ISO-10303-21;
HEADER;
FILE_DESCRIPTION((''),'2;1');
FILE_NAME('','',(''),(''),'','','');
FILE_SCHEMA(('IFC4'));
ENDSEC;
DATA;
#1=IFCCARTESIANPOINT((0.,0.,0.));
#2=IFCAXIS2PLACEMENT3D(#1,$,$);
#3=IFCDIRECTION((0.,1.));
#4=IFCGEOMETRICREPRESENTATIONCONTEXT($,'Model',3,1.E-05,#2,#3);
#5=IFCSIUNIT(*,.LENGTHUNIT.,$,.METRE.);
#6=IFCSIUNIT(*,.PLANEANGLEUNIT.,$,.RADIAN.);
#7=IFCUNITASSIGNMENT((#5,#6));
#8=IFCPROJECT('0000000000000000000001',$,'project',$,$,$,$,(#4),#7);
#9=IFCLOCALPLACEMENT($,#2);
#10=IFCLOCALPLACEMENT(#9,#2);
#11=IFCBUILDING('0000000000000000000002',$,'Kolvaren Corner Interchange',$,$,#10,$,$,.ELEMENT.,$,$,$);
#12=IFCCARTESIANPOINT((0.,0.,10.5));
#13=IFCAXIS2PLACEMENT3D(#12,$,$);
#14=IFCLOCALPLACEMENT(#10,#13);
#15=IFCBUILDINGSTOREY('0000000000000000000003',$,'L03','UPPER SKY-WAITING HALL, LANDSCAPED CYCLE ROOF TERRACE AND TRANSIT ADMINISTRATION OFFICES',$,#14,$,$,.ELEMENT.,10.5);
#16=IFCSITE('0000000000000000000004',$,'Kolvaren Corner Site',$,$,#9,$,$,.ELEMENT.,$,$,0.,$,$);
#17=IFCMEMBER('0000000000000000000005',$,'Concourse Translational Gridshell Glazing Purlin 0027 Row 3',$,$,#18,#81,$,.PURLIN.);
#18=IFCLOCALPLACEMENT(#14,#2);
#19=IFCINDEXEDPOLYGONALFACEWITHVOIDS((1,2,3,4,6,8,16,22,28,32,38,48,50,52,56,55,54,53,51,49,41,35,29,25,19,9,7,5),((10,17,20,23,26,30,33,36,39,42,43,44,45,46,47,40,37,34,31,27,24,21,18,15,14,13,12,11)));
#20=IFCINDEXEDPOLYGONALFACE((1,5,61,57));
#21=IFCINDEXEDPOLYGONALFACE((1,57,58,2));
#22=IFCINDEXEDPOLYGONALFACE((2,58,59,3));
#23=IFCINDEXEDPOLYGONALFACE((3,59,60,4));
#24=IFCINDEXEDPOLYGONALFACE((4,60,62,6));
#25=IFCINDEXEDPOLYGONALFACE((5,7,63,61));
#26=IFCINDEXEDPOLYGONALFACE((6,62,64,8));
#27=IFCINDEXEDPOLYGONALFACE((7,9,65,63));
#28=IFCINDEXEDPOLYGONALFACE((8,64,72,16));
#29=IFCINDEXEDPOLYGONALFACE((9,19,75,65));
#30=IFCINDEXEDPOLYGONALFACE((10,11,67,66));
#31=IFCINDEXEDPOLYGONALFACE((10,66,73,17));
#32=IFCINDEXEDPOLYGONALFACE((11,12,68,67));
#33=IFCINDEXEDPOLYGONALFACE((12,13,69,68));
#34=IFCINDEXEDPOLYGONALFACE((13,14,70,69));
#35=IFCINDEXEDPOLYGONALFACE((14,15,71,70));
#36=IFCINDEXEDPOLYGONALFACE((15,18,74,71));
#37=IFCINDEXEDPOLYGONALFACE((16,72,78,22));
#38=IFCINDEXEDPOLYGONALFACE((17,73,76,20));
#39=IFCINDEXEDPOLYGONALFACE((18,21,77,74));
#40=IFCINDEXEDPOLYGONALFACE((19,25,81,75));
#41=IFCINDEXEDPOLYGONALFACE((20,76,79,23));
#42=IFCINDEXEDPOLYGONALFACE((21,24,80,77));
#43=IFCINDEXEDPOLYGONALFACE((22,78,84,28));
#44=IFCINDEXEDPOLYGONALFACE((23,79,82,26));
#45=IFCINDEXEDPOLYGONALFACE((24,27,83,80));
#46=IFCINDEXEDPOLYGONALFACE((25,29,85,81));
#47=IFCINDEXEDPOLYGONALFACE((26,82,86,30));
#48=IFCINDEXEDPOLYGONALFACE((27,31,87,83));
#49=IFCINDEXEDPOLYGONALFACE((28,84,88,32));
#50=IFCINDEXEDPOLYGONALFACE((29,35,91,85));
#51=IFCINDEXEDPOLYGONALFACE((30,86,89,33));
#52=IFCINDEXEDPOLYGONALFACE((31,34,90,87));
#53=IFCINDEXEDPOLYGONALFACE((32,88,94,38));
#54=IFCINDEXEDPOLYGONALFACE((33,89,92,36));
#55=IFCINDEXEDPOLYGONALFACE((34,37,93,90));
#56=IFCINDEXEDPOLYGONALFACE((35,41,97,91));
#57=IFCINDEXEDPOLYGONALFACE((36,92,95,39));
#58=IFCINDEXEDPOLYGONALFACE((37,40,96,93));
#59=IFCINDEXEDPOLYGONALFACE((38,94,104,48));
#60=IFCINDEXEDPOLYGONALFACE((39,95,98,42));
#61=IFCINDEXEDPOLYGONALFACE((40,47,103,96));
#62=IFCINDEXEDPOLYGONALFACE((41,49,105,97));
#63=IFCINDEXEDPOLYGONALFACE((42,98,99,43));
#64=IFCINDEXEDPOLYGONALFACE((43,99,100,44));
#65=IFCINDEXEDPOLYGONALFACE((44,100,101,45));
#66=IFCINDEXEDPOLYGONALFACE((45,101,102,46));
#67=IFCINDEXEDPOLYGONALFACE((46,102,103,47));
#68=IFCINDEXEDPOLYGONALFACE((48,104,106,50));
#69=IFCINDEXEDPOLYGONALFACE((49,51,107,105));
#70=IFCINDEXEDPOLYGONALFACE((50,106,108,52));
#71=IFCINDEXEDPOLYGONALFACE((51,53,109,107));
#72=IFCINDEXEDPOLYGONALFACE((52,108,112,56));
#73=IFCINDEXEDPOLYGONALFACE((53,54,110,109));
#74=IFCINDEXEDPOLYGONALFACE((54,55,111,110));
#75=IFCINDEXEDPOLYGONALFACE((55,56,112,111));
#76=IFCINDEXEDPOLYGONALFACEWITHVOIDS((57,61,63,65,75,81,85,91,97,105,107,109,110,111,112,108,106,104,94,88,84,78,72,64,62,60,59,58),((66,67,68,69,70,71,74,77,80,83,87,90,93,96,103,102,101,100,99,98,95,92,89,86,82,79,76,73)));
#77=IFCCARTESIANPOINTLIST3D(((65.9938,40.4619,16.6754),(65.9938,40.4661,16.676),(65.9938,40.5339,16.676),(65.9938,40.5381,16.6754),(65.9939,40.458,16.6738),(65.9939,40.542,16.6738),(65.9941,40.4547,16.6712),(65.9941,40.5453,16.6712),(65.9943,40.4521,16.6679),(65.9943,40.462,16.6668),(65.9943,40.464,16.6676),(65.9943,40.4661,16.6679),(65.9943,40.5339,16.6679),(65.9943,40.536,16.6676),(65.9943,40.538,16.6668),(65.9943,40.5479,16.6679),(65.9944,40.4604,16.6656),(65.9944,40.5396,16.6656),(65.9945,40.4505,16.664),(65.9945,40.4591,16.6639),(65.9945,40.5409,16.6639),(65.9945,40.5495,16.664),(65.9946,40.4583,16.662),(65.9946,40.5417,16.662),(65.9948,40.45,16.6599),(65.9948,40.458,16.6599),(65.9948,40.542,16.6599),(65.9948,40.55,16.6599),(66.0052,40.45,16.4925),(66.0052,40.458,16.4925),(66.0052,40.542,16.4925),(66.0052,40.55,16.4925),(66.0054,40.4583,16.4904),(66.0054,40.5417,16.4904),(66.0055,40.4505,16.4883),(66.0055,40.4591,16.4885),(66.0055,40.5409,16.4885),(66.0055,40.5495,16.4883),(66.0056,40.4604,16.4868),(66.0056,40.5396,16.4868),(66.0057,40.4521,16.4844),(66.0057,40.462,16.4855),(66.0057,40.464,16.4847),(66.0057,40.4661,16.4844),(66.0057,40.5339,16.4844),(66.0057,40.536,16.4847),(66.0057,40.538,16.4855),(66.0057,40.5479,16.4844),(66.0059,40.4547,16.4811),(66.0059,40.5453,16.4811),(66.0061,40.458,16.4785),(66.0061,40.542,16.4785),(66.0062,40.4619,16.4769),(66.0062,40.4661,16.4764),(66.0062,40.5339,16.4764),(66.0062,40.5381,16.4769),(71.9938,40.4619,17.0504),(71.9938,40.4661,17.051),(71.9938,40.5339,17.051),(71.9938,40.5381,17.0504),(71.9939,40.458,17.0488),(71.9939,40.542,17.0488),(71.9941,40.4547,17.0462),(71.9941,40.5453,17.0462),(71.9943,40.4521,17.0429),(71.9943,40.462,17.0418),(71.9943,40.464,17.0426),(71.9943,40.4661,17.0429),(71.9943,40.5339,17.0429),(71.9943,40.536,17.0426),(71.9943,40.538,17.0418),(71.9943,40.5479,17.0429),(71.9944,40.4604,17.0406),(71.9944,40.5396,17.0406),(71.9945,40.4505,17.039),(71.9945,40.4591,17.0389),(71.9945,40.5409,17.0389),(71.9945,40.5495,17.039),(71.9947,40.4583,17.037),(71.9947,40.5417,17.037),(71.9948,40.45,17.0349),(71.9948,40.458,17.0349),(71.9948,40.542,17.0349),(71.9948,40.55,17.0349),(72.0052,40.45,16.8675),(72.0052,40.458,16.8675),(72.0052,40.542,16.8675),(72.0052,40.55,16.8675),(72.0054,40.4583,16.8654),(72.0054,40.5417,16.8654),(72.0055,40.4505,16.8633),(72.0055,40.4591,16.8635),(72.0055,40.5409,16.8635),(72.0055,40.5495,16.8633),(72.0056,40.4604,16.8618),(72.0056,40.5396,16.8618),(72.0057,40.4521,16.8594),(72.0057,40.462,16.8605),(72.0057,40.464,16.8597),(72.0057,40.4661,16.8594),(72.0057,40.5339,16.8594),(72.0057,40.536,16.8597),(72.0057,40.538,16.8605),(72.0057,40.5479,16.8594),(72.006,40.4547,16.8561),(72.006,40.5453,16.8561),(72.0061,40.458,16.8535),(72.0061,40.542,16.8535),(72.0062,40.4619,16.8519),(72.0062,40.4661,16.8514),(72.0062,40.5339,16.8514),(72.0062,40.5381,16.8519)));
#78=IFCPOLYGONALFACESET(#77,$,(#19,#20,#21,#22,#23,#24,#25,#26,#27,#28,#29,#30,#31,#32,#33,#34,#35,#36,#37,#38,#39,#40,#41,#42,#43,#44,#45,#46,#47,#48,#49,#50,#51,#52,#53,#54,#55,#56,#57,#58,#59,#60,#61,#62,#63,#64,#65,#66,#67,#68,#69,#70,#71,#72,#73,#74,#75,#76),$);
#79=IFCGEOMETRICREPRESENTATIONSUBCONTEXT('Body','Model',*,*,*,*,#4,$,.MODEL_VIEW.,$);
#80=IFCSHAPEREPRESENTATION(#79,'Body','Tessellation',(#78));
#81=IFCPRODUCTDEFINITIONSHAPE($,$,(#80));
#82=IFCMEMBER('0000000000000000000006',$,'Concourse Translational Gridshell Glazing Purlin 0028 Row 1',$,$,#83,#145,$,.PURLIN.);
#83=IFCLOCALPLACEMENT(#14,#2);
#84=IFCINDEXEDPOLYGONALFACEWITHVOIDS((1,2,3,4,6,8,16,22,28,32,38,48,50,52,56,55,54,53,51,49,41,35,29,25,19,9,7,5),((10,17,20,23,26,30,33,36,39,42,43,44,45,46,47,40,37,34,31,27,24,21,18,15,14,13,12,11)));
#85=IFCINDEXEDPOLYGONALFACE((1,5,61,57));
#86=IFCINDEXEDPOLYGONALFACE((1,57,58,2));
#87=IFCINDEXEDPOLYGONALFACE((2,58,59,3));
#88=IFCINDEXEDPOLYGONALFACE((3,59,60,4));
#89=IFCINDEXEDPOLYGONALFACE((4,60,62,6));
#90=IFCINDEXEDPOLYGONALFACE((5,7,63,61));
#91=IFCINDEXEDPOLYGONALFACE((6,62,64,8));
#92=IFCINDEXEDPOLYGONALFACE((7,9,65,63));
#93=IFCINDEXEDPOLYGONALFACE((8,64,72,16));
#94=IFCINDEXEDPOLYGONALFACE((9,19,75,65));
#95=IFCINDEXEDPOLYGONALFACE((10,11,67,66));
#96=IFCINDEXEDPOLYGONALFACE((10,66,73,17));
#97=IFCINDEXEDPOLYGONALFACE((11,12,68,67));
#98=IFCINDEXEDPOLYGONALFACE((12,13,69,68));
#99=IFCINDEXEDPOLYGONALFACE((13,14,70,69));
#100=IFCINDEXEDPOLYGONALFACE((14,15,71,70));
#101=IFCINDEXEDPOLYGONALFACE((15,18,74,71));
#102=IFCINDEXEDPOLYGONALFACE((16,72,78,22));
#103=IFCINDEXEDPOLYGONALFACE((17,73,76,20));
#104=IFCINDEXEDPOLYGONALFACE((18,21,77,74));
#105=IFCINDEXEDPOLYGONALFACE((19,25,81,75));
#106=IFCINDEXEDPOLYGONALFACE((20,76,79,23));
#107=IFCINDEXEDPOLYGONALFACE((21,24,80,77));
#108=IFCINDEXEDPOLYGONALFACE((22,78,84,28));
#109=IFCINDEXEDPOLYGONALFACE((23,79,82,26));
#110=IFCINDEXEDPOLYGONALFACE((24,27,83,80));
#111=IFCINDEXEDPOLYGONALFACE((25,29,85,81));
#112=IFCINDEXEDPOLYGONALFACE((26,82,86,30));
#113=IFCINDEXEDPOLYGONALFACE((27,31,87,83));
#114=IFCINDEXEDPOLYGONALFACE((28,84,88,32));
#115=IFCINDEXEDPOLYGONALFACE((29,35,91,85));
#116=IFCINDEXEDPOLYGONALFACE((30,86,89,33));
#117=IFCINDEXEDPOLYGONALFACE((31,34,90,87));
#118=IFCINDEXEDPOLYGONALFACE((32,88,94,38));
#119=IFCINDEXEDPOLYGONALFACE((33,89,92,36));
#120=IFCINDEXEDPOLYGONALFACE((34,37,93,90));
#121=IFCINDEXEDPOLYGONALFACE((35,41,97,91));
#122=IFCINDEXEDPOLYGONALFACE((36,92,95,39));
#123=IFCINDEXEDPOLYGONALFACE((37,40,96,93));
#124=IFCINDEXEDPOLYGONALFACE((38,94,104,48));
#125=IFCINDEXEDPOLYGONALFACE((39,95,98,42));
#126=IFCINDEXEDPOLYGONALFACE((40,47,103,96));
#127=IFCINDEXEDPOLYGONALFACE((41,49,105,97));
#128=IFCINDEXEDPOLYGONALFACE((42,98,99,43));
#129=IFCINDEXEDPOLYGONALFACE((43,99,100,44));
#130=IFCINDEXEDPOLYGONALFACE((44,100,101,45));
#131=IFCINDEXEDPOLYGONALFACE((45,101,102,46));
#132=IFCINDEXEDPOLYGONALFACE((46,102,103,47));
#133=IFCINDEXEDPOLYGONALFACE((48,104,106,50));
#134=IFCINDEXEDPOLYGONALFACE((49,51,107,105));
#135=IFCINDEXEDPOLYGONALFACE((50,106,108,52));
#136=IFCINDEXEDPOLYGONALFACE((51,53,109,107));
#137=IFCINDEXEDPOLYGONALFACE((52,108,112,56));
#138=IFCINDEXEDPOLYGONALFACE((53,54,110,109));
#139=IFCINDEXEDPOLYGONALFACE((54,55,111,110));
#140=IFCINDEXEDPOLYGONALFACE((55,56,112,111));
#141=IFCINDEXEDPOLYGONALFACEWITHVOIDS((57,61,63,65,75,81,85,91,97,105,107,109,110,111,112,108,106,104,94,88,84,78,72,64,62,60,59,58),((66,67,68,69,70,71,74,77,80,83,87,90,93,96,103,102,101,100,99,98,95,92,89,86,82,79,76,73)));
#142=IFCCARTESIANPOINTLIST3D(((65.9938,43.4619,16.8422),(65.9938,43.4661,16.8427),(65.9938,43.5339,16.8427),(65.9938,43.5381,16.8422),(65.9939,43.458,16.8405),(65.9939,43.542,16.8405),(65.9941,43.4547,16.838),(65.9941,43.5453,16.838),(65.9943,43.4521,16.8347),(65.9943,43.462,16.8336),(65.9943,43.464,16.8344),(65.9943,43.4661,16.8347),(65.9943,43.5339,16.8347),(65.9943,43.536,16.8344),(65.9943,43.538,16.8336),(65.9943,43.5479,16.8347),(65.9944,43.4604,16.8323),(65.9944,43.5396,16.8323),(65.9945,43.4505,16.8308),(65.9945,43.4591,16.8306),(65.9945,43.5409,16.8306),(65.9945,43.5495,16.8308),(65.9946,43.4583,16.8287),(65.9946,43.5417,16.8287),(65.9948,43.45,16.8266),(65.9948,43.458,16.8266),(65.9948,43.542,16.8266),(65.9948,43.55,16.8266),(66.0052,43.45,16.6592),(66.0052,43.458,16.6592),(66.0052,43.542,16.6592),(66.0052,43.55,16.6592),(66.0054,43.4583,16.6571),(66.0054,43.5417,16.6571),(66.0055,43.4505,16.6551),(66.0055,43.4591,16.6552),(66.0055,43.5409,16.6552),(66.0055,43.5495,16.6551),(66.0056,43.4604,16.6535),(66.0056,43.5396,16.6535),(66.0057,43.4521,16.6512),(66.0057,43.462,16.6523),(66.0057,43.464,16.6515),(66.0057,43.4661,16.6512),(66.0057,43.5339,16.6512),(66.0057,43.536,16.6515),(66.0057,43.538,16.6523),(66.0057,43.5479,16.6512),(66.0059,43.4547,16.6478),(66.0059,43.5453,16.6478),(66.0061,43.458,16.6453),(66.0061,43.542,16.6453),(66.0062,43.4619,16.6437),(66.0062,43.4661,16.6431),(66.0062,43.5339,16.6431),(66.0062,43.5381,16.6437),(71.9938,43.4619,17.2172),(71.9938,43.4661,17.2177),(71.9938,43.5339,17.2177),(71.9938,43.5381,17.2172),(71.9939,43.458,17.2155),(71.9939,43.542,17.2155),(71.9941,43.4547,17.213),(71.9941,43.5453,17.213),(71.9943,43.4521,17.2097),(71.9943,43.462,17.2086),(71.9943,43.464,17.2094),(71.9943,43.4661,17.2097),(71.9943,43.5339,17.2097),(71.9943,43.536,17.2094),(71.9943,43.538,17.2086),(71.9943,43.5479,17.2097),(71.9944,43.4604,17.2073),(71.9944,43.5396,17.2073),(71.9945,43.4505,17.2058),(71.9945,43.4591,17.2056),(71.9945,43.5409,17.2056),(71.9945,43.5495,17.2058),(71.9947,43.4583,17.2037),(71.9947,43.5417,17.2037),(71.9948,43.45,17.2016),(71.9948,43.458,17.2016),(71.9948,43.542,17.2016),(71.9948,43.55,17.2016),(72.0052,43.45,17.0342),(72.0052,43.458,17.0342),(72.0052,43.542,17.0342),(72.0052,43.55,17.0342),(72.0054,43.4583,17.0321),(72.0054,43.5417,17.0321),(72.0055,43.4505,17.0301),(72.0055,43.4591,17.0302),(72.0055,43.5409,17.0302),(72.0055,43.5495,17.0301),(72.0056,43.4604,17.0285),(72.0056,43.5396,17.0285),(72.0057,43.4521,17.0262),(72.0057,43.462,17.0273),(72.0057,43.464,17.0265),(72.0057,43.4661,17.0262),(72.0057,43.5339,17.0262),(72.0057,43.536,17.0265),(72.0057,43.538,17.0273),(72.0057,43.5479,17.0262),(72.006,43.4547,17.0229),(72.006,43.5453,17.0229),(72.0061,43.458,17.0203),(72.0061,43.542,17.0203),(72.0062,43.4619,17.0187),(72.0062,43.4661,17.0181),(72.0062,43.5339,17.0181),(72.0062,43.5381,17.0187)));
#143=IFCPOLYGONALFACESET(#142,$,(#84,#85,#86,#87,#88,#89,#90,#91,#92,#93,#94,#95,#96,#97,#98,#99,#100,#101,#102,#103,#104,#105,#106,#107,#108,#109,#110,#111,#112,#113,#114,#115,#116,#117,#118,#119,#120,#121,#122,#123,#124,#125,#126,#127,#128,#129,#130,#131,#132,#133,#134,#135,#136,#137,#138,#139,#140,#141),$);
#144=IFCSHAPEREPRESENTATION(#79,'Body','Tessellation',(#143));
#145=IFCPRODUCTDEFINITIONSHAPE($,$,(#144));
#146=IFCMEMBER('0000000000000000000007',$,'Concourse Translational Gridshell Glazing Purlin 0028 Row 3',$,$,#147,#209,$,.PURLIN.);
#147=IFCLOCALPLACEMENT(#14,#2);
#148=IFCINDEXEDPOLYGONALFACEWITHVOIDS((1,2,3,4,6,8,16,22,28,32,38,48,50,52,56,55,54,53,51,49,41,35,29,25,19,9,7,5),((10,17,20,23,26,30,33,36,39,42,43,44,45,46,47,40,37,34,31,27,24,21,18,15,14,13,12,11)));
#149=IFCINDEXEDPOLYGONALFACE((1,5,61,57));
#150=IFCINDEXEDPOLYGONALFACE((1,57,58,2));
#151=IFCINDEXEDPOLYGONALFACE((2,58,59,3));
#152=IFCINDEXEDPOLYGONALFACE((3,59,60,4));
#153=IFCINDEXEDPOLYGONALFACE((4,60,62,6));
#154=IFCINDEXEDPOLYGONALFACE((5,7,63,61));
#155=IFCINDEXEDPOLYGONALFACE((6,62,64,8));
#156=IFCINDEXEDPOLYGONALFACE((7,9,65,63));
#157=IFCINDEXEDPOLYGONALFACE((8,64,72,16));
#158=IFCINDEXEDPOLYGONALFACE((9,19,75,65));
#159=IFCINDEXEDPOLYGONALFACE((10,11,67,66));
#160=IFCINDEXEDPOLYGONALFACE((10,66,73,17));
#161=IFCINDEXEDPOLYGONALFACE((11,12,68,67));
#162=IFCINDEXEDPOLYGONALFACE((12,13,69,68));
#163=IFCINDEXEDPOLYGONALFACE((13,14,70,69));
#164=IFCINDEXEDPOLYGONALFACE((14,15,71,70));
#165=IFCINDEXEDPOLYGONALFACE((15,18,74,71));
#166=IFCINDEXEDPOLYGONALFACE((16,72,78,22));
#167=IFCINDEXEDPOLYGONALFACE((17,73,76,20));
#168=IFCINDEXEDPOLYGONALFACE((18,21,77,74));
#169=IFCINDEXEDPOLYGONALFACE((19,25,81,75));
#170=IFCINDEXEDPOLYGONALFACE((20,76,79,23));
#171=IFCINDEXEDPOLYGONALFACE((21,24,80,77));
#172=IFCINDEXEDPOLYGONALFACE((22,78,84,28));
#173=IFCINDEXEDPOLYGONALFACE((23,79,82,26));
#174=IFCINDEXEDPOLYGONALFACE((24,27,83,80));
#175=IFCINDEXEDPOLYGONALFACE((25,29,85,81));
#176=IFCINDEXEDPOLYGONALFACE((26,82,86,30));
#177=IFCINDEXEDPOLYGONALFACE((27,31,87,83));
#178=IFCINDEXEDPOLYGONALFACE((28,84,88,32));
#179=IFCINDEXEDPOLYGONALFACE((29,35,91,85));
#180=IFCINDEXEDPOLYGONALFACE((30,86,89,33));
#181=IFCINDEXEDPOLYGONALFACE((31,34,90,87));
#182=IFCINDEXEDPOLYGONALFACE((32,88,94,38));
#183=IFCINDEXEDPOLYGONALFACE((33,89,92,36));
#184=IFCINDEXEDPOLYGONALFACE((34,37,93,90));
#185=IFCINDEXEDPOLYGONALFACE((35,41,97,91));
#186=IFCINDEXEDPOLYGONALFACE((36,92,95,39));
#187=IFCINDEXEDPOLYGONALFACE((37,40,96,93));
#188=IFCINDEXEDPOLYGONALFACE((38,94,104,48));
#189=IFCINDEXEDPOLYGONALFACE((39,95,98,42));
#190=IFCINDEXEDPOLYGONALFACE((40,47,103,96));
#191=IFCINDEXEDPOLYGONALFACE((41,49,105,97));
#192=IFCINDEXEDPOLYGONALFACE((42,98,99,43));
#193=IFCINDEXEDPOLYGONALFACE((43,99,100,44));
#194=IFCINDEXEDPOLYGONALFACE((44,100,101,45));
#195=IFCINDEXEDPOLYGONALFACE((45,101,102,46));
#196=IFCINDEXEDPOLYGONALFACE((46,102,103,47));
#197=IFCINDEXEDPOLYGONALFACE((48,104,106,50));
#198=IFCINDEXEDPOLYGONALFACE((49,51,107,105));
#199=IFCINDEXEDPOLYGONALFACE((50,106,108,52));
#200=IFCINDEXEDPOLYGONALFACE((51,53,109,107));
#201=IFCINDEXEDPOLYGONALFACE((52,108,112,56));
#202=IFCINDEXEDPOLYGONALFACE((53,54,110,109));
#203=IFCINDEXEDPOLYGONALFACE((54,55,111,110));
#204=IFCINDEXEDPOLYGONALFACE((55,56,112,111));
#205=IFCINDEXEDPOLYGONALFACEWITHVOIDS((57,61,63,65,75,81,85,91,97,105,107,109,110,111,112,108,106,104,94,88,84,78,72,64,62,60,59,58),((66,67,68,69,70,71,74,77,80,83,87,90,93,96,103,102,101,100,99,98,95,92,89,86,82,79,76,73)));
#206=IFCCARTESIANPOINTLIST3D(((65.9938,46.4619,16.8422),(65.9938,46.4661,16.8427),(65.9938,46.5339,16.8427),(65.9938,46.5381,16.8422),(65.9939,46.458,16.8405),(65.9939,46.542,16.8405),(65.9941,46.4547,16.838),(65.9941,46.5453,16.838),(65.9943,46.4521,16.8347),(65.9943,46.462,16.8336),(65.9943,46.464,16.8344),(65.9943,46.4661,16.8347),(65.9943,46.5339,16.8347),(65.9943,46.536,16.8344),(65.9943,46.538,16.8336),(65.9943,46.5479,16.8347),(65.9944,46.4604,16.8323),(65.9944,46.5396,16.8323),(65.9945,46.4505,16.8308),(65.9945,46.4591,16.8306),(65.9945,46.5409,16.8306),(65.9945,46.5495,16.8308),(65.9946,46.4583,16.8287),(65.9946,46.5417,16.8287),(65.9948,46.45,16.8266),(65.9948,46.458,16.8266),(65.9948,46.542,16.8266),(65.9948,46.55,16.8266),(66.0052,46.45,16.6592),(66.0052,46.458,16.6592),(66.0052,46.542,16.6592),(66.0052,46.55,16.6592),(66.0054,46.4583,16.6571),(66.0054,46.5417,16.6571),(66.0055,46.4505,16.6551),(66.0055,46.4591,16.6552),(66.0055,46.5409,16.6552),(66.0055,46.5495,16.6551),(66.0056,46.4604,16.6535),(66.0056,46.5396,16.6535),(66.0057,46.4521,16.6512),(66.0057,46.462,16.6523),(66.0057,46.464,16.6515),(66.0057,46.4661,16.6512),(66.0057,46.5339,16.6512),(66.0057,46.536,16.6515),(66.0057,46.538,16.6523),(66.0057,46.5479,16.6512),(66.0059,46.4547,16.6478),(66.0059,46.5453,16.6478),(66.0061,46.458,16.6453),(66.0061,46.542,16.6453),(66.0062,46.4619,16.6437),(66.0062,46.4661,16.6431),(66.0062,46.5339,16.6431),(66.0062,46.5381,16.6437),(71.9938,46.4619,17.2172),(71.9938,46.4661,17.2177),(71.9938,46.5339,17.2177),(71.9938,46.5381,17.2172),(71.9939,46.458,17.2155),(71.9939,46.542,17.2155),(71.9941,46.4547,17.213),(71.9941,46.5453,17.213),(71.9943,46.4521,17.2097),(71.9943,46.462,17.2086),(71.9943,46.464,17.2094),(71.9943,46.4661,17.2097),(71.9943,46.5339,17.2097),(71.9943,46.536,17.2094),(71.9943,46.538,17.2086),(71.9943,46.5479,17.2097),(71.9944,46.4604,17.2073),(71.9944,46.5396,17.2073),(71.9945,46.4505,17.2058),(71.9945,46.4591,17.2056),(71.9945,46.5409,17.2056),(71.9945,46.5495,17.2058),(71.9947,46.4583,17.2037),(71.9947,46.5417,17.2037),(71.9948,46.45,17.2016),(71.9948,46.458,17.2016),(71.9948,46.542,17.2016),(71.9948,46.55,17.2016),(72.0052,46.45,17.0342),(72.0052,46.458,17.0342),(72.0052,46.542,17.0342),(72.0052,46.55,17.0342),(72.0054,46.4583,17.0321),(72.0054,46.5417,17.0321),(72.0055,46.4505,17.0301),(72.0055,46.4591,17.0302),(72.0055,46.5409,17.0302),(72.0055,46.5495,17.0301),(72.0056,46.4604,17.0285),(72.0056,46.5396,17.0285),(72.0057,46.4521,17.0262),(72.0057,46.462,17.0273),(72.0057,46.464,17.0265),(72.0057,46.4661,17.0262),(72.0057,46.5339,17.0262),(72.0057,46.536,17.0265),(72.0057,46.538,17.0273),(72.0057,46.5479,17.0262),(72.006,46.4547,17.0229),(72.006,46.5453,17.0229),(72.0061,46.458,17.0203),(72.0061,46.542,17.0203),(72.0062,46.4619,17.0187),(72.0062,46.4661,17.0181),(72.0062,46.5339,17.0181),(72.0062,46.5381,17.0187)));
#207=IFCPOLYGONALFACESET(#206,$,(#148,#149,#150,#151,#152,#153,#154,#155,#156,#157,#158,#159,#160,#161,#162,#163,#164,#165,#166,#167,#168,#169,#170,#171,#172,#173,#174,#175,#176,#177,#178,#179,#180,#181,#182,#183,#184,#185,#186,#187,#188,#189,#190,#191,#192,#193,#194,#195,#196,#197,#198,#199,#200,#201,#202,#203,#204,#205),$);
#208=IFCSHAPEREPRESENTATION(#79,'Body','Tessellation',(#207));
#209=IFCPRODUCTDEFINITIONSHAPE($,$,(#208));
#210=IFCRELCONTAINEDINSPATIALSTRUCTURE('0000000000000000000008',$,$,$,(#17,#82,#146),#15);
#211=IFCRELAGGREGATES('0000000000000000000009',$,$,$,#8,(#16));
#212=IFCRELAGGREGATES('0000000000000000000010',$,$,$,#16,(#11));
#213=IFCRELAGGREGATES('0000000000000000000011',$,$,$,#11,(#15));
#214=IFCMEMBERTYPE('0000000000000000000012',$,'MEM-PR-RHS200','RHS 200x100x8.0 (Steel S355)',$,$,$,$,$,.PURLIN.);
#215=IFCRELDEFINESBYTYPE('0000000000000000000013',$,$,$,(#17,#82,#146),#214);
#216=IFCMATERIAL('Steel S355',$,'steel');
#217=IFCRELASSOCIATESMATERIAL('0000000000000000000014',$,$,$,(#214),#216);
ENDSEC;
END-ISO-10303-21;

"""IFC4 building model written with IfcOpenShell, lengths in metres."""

from ifc_helpers import new_model, si_unit, direction, frame, origin, origin_2d, place, context, subcontext, project, spatial, hollow_rectangle, extrude, material, material_profile, profile_set, type_object, element, save


model = new_model("IFC4")

# Units and contexts
model_context = context("Model", 3, precision=1e-05, world=origin(), true_north=direction((0.0, 1.0)))
body_context = subcontext(model_context, "Body", "Model", "MODEL_VIEW")
ifc_project = project(units=[si_unit("LENGTHUNIT", "METRE"), si_unit("PLANEANGLEUNIT", "RADIAN")], contexts=[model_context])

# Site, building, storey
site_placement = place(None, origin())
site = spatial("IfcSite", under=ifc_project, at=site_placement, Name="Kolvaren Corner Site", CompositionType="ELEMENT", RefElevation=0.0)
building_placement = place(site_placement, origin())
building = spatial("IfcBuilding", under=site, at=building_placement, Name="Kolvaren Corner Interchange", CompositionType="ELEMENT")
storey_placement = place(building_placement, frame((0.0, 0.0, 10.5)))
storey = spatial("IfcBuildingStorey", under=building, at=storey_placement, Name="L03", Description="UPPER SKY-WAITING HALL, LANDSCAPED CYCLE ROOF TERRACE AND TRANSIT ADMINISTRATION OFFICES", CompositionType="ELEMENT", Elevation=10.5)

# Members
ifc_material_1 = material(Name="Steel S355", Category="steel")
ifc_material_profile_1 = material_profile(ifc_material_1, hollow_rectangle(XDim=0.1001, YDim=0.2, WallThickness=0.0081, InnerFilletRadius=0.0081, OuterFilletRadius=0.0161, at=origin_2d()), Name="RHS 200x100x8.0")
ifc_profile_set_1 = profile_set([ifc_material_profile_1], Name="Steel S355")
member_type_1 = type_object("IfcMemberType", Name="MEM-PR-RHS200", Description="RHS 200x100x8.0 (Steel S355)", PredefinedType="PURLIN", material=ifc_profile_set_1)
for number, where, z_axis, x_axis, name in (
    (1, (66.0, 40.5, 16.5762), (0.998053, 0.0, 0.062378), (0.0, 1.0, 0.0), "Concourse Translational Gridshell Glazing Purlin 0027 Row 3"),
    (2, (66.0, 43.5, 16.7429), (0.998053, 0.0, 0.062378), (0.0, 1.0, 0.0), "Concourse Translational Gridshell Glazing Purlin 0028 Row 1"),
    (3, (66.0, 46.5, 16.7429), (0.998053, 0.0, 0.062378), (0.0, 1.0, 0.0), "Concourse Translational Gridshell Glazing Purlin 0028 Row 3"),
):
    element("IfcMember", number, at=place(storey_placement, frame(where, z_axis=z_axis, x_axis=x_axis)), inside=storey, type_object=member_type_1, Name=name, PredefinedType="PURLIN", context=body_context, shape_type="SweptSolid", body=[
        extrude(hollow_rectangle(XDim=0.1001, YDim=0.2, WallThickness=0.0081, InnerFilletRadius=0.0081, OuterFilletRadius=0.0161, at=origin_2d()), origin(), (0.0, 0.0, 1.0), 6.0117),
    ])

save(model, "model.ifc")
